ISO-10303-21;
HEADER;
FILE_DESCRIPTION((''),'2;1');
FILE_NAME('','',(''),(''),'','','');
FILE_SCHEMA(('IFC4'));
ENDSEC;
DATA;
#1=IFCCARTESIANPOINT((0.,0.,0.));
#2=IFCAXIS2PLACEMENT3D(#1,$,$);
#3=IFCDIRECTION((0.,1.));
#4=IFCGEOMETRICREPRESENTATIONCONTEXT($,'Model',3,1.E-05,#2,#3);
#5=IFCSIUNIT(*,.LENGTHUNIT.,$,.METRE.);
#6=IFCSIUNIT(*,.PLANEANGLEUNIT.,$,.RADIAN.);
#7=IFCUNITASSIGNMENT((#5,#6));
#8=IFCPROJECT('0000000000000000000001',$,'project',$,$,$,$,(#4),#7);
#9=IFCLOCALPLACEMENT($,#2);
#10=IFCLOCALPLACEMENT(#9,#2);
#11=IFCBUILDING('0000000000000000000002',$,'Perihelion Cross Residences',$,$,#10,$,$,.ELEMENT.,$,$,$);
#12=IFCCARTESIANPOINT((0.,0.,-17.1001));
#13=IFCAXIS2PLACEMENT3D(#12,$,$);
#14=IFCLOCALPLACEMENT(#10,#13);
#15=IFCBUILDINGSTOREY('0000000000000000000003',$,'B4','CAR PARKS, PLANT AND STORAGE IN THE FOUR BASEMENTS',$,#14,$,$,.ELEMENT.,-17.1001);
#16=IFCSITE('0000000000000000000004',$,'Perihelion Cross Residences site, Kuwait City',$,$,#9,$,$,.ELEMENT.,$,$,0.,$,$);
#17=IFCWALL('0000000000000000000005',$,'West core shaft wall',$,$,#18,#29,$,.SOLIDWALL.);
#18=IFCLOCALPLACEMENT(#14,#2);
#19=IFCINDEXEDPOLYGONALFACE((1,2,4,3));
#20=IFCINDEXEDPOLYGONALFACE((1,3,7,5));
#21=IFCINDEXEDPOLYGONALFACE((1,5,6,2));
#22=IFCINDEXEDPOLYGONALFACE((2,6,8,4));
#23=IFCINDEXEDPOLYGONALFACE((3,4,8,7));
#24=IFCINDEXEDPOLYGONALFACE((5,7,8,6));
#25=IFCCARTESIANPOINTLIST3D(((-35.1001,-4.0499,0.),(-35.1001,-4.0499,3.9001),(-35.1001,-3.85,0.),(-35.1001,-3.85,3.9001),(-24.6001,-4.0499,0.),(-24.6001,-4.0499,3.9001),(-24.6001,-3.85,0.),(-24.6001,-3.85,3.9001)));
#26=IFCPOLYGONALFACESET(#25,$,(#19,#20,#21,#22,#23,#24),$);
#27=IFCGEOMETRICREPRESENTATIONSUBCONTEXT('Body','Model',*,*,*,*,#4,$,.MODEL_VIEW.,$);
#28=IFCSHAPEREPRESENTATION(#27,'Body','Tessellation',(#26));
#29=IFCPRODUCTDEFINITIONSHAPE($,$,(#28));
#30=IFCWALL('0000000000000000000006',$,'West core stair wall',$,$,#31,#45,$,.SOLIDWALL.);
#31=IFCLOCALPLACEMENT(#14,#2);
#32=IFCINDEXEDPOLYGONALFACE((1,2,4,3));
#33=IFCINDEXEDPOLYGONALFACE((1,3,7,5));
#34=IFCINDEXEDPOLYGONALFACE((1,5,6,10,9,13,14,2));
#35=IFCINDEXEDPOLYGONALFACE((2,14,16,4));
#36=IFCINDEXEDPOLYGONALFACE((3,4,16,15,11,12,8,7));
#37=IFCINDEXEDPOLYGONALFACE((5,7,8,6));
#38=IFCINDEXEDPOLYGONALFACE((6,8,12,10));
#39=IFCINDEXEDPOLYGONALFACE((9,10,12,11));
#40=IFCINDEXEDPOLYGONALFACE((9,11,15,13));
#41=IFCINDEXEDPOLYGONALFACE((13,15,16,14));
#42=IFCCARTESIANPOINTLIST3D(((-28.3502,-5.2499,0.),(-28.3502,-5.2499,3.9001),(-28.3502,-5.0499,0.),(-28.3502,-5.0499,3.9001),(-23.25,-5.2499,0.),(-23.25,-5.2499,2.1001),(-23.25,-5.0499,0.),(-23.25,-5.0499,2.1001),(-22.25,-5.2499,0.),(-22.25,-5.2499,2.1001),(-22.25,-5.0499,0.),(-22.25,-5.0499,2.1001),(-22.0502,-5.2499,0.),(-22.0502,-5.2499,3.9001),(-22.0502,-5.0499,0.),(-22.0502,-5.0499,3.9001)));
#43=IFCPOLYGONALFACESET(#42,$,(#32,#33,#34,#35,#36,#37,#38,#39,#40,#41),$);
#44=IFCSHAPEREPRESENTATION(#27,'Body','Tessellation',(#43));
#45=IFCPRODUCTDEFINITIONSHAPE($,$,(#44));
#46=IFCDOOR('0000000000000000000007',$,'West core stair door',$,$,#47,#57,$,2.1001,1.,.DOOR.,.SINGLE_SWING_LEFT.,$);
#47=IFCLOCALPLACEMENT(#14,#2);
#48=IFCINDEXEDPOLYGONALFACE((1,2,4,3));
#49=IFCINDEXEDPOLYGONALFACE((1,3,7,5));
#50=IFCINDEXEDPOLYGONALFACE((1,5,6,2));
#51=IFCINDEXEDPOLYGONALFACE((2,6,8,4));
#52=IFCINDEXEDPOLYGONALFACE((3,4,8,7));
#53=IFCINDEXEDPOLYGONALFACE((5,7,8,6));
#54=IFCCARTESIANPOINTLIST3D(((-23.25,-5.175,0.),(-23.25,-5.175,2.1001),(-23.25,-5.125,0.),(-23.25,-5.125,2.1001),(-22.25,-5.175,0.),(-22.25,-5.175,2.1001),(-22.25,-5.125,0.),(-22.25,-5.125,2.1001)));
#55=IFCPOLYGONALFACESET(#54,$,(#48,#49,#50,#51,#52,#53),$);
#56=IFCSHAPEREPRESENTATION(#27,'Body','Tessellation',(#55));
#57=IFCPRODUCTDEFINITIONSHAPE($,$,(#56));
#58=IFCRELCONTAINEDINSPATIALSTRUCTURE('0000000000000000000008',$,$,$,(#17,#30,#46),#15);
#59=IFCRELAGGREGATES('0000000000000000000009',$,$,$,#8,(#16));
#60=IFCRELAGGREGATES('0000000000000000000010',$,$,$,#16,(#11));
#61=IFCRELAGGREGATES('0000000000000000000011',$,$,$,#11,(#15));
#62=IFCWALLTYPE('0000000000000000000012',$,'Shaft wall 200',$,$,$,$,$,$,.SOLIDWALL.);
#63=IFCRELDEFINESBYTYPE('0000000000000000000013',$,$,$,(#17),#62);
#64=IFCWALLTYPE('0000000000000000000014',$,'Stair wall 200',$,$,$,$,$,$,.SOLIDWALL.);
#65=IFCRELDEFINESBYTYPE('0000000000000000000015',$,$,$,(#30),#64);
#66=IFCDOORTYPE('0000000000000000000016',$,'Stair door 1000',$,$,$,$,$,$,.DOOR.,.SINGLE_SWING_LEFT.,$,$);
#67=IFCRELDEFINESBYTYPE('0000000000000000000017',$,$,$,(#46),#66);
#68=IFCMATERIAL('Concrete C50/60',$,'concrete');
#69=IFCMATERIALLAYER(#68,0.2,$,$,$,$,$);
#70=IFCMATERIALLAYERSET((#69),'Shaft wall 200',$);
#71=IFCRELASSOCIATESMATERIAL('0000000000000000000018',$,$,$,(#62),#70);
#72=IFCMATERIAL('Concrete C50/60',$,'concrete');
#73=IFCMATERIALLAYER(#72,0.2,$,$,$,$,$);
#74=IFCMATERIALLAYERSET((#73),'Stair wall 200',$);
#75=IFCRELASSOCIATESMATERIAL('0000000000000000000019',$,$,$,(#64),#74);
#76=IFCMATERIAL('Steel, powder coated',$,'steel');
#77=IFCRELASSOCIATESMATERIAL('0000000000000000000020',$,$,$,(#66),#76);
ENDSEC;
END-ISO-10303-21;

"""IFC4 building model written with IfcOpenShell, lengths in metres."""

from ifc_helpers import new_model, si_unit, direction, frame, frame_2d, origin, place, context, subcontext, project, spatial, rectangle, extrude, material, layer, layer_set, type_object, element, fill, save


model = new_model("IFC4")

# Units and contexts
model_context = context("Model", 3, precision=1e-05, world=origin(), true_north=direction((0.0, 1.0)))
body_context = subcontext(model_context, "Body", "Model", "MODEL_VIEW")
ifc_project = project(units=[si_unit("LENGTHUNIT", "METRE"), si_unit("PLANEANGLEUNIT", "RADIAN")], contexts=[model_context])

# Site, building, storey
site_placement = place(None, origin())
site = spatial("IfcSite", under=ifc_project, at=site_placement, Name="Perihelion Cross Residences site, Kuwait City", CompositionType="ELEMENT", RefElevation=0.0)
building_placement = place(site_placement, origin())
building = spatial("IfcBuilding", under=site, at=building_placement, Name="Perihelion Cross Residences", CompositionType="ELEMENT")
storey_placement = place(building_placement, frame((0.0, 0.0, -17.1001)))
storey = spatial("IfcBuildingStorey", under=building, at=storey_placement, Name="B4", Description="CAR PARKS, PLANT AND STORAGE IN THE FOUR BASEMENTS", CompositionType="ELEMENT", Elevation=-17.1001)

# Shared definitions
ifc_material_1 = material(Name="Concrete C50/60", Category="concrete")
ifc_layer_1 = layer(ifc_material_1, 0.2)
ifc_layer_set_1 = layer_set([ifc_layer_1], Name="Shaft wall 200")
wall_type_1 = type_object("IfcWallType", Name="Shaft wall 200", PredefinedType="SOLIDWALL", material=ifc_layer_set_1)

# Wall
wall_1_placement = place(storey_placement, frame((-35.1001, -3.95, 0.0), z_axis=(0.0, 0.0, 1.0), x_axis=(1.0, 0.0, 0.0)))
element("IfcWall", 1, at=wall_1_placement, inside=storey, type_object=wall_type_1, Name="West core shaft wall", PredefinedType="SOLIDWALL", context=body_context, shape_type="SweptSolid", body=[
    extrude(rectangle(XDim=10.5, YDim=0.2, at=frame_2d((5.25, 0.0))), origin(), (0.0, 0.0, 1.0), 3.9001),
])

# Wall, opening, door
ifc_material_2 = material(Name="Concrete C50/60", Category="concrete")
ifc_layer_2 = layer(ifc_material_2, 0.2)
ifc_layer_set_2 = layer_set([ifc_layer_2], Name="Stair wall 200")
wall_type_2 = type_object("IfcWallType", Name="Stair wall 200", PredefinedType="SOLIDWALL", material=ifc_layer_set_2)
wall_2_placement = place(storey_placement, frame((-28.3501, -5.1499, 0.0), z_axis=(0.0, 0.0, 1.0), x_axis=(1.0, 0.0, 0.0)))
wall_2 = element("IfcWall", 2, at=wall_2_placement, inside=storey, type_object=wall_type_2, Name="West core stair wall", PredefinedType="SOLIDWALL", context=body_context, shape_type="SweptSolid", body=[
    extrude(rectangle(XDim=6.3, YDim=0.2, at=frame_2d((3.1499, 0.0))), origin(), (0.0, 0.0, 1.0), 3.9001),
])
opening_1_placement = place(wall_2_placement, frame((5.1001, 0.0, 0.0)))
opening_1 = element("IfcOpeningElement", 3, at=opening_1_placement, cuts=wall_2, PredefinedType="OPENING", context=body_context, shape_type="SweptSolid", body=[
    extrude(rectangle(XDim=1.0, YDim=2.1001, at=frame_2d((0.5, 1.05))), frame((0.0, 0.1099, 0.0), z_axis=(0.0, -1.0, 0.0), x_axis=(1.0, 0.0, 0.0)), (0.0, 0.0, 1.0), 0.22),
])
ifc_material_3 = material(Name="Steel, powder coated", Category="steel")
door_type_1 = type_object("IfcDoorType", Name="Stair door 1000", OperationType="SINGLE_SWING_LEFT", PredefinedType="DOOR", material=ifc_material_3)
door_1_placement = place(opening_1_placement, origin())
door_1 = element("IfcDoor", 4, at=door_1_placement, inside=storey, type_object=door_type_1, Name="West core stair door", OperationType="SINGLE_SWING_LEFT", OverallHeight=2.1001, OverallWidth=1.0, PredefinedType="DOOR", context=body_context, shape_type="SweptSolid", body=[
    extrude(rectangle(XDim=1.0, YDim=2.1001, at=frame_2d((0.5, 1.05))), frame((0.0, 0.0249, 0.0), z_axis=(0.0, -1.0, 0.0), x_axis=(1.0, 0.0, 0.0)), (0.0, 0.0, 1.0), 0.05),
])
fill(opening_1, door_1)

save(model, "model.ifc")
